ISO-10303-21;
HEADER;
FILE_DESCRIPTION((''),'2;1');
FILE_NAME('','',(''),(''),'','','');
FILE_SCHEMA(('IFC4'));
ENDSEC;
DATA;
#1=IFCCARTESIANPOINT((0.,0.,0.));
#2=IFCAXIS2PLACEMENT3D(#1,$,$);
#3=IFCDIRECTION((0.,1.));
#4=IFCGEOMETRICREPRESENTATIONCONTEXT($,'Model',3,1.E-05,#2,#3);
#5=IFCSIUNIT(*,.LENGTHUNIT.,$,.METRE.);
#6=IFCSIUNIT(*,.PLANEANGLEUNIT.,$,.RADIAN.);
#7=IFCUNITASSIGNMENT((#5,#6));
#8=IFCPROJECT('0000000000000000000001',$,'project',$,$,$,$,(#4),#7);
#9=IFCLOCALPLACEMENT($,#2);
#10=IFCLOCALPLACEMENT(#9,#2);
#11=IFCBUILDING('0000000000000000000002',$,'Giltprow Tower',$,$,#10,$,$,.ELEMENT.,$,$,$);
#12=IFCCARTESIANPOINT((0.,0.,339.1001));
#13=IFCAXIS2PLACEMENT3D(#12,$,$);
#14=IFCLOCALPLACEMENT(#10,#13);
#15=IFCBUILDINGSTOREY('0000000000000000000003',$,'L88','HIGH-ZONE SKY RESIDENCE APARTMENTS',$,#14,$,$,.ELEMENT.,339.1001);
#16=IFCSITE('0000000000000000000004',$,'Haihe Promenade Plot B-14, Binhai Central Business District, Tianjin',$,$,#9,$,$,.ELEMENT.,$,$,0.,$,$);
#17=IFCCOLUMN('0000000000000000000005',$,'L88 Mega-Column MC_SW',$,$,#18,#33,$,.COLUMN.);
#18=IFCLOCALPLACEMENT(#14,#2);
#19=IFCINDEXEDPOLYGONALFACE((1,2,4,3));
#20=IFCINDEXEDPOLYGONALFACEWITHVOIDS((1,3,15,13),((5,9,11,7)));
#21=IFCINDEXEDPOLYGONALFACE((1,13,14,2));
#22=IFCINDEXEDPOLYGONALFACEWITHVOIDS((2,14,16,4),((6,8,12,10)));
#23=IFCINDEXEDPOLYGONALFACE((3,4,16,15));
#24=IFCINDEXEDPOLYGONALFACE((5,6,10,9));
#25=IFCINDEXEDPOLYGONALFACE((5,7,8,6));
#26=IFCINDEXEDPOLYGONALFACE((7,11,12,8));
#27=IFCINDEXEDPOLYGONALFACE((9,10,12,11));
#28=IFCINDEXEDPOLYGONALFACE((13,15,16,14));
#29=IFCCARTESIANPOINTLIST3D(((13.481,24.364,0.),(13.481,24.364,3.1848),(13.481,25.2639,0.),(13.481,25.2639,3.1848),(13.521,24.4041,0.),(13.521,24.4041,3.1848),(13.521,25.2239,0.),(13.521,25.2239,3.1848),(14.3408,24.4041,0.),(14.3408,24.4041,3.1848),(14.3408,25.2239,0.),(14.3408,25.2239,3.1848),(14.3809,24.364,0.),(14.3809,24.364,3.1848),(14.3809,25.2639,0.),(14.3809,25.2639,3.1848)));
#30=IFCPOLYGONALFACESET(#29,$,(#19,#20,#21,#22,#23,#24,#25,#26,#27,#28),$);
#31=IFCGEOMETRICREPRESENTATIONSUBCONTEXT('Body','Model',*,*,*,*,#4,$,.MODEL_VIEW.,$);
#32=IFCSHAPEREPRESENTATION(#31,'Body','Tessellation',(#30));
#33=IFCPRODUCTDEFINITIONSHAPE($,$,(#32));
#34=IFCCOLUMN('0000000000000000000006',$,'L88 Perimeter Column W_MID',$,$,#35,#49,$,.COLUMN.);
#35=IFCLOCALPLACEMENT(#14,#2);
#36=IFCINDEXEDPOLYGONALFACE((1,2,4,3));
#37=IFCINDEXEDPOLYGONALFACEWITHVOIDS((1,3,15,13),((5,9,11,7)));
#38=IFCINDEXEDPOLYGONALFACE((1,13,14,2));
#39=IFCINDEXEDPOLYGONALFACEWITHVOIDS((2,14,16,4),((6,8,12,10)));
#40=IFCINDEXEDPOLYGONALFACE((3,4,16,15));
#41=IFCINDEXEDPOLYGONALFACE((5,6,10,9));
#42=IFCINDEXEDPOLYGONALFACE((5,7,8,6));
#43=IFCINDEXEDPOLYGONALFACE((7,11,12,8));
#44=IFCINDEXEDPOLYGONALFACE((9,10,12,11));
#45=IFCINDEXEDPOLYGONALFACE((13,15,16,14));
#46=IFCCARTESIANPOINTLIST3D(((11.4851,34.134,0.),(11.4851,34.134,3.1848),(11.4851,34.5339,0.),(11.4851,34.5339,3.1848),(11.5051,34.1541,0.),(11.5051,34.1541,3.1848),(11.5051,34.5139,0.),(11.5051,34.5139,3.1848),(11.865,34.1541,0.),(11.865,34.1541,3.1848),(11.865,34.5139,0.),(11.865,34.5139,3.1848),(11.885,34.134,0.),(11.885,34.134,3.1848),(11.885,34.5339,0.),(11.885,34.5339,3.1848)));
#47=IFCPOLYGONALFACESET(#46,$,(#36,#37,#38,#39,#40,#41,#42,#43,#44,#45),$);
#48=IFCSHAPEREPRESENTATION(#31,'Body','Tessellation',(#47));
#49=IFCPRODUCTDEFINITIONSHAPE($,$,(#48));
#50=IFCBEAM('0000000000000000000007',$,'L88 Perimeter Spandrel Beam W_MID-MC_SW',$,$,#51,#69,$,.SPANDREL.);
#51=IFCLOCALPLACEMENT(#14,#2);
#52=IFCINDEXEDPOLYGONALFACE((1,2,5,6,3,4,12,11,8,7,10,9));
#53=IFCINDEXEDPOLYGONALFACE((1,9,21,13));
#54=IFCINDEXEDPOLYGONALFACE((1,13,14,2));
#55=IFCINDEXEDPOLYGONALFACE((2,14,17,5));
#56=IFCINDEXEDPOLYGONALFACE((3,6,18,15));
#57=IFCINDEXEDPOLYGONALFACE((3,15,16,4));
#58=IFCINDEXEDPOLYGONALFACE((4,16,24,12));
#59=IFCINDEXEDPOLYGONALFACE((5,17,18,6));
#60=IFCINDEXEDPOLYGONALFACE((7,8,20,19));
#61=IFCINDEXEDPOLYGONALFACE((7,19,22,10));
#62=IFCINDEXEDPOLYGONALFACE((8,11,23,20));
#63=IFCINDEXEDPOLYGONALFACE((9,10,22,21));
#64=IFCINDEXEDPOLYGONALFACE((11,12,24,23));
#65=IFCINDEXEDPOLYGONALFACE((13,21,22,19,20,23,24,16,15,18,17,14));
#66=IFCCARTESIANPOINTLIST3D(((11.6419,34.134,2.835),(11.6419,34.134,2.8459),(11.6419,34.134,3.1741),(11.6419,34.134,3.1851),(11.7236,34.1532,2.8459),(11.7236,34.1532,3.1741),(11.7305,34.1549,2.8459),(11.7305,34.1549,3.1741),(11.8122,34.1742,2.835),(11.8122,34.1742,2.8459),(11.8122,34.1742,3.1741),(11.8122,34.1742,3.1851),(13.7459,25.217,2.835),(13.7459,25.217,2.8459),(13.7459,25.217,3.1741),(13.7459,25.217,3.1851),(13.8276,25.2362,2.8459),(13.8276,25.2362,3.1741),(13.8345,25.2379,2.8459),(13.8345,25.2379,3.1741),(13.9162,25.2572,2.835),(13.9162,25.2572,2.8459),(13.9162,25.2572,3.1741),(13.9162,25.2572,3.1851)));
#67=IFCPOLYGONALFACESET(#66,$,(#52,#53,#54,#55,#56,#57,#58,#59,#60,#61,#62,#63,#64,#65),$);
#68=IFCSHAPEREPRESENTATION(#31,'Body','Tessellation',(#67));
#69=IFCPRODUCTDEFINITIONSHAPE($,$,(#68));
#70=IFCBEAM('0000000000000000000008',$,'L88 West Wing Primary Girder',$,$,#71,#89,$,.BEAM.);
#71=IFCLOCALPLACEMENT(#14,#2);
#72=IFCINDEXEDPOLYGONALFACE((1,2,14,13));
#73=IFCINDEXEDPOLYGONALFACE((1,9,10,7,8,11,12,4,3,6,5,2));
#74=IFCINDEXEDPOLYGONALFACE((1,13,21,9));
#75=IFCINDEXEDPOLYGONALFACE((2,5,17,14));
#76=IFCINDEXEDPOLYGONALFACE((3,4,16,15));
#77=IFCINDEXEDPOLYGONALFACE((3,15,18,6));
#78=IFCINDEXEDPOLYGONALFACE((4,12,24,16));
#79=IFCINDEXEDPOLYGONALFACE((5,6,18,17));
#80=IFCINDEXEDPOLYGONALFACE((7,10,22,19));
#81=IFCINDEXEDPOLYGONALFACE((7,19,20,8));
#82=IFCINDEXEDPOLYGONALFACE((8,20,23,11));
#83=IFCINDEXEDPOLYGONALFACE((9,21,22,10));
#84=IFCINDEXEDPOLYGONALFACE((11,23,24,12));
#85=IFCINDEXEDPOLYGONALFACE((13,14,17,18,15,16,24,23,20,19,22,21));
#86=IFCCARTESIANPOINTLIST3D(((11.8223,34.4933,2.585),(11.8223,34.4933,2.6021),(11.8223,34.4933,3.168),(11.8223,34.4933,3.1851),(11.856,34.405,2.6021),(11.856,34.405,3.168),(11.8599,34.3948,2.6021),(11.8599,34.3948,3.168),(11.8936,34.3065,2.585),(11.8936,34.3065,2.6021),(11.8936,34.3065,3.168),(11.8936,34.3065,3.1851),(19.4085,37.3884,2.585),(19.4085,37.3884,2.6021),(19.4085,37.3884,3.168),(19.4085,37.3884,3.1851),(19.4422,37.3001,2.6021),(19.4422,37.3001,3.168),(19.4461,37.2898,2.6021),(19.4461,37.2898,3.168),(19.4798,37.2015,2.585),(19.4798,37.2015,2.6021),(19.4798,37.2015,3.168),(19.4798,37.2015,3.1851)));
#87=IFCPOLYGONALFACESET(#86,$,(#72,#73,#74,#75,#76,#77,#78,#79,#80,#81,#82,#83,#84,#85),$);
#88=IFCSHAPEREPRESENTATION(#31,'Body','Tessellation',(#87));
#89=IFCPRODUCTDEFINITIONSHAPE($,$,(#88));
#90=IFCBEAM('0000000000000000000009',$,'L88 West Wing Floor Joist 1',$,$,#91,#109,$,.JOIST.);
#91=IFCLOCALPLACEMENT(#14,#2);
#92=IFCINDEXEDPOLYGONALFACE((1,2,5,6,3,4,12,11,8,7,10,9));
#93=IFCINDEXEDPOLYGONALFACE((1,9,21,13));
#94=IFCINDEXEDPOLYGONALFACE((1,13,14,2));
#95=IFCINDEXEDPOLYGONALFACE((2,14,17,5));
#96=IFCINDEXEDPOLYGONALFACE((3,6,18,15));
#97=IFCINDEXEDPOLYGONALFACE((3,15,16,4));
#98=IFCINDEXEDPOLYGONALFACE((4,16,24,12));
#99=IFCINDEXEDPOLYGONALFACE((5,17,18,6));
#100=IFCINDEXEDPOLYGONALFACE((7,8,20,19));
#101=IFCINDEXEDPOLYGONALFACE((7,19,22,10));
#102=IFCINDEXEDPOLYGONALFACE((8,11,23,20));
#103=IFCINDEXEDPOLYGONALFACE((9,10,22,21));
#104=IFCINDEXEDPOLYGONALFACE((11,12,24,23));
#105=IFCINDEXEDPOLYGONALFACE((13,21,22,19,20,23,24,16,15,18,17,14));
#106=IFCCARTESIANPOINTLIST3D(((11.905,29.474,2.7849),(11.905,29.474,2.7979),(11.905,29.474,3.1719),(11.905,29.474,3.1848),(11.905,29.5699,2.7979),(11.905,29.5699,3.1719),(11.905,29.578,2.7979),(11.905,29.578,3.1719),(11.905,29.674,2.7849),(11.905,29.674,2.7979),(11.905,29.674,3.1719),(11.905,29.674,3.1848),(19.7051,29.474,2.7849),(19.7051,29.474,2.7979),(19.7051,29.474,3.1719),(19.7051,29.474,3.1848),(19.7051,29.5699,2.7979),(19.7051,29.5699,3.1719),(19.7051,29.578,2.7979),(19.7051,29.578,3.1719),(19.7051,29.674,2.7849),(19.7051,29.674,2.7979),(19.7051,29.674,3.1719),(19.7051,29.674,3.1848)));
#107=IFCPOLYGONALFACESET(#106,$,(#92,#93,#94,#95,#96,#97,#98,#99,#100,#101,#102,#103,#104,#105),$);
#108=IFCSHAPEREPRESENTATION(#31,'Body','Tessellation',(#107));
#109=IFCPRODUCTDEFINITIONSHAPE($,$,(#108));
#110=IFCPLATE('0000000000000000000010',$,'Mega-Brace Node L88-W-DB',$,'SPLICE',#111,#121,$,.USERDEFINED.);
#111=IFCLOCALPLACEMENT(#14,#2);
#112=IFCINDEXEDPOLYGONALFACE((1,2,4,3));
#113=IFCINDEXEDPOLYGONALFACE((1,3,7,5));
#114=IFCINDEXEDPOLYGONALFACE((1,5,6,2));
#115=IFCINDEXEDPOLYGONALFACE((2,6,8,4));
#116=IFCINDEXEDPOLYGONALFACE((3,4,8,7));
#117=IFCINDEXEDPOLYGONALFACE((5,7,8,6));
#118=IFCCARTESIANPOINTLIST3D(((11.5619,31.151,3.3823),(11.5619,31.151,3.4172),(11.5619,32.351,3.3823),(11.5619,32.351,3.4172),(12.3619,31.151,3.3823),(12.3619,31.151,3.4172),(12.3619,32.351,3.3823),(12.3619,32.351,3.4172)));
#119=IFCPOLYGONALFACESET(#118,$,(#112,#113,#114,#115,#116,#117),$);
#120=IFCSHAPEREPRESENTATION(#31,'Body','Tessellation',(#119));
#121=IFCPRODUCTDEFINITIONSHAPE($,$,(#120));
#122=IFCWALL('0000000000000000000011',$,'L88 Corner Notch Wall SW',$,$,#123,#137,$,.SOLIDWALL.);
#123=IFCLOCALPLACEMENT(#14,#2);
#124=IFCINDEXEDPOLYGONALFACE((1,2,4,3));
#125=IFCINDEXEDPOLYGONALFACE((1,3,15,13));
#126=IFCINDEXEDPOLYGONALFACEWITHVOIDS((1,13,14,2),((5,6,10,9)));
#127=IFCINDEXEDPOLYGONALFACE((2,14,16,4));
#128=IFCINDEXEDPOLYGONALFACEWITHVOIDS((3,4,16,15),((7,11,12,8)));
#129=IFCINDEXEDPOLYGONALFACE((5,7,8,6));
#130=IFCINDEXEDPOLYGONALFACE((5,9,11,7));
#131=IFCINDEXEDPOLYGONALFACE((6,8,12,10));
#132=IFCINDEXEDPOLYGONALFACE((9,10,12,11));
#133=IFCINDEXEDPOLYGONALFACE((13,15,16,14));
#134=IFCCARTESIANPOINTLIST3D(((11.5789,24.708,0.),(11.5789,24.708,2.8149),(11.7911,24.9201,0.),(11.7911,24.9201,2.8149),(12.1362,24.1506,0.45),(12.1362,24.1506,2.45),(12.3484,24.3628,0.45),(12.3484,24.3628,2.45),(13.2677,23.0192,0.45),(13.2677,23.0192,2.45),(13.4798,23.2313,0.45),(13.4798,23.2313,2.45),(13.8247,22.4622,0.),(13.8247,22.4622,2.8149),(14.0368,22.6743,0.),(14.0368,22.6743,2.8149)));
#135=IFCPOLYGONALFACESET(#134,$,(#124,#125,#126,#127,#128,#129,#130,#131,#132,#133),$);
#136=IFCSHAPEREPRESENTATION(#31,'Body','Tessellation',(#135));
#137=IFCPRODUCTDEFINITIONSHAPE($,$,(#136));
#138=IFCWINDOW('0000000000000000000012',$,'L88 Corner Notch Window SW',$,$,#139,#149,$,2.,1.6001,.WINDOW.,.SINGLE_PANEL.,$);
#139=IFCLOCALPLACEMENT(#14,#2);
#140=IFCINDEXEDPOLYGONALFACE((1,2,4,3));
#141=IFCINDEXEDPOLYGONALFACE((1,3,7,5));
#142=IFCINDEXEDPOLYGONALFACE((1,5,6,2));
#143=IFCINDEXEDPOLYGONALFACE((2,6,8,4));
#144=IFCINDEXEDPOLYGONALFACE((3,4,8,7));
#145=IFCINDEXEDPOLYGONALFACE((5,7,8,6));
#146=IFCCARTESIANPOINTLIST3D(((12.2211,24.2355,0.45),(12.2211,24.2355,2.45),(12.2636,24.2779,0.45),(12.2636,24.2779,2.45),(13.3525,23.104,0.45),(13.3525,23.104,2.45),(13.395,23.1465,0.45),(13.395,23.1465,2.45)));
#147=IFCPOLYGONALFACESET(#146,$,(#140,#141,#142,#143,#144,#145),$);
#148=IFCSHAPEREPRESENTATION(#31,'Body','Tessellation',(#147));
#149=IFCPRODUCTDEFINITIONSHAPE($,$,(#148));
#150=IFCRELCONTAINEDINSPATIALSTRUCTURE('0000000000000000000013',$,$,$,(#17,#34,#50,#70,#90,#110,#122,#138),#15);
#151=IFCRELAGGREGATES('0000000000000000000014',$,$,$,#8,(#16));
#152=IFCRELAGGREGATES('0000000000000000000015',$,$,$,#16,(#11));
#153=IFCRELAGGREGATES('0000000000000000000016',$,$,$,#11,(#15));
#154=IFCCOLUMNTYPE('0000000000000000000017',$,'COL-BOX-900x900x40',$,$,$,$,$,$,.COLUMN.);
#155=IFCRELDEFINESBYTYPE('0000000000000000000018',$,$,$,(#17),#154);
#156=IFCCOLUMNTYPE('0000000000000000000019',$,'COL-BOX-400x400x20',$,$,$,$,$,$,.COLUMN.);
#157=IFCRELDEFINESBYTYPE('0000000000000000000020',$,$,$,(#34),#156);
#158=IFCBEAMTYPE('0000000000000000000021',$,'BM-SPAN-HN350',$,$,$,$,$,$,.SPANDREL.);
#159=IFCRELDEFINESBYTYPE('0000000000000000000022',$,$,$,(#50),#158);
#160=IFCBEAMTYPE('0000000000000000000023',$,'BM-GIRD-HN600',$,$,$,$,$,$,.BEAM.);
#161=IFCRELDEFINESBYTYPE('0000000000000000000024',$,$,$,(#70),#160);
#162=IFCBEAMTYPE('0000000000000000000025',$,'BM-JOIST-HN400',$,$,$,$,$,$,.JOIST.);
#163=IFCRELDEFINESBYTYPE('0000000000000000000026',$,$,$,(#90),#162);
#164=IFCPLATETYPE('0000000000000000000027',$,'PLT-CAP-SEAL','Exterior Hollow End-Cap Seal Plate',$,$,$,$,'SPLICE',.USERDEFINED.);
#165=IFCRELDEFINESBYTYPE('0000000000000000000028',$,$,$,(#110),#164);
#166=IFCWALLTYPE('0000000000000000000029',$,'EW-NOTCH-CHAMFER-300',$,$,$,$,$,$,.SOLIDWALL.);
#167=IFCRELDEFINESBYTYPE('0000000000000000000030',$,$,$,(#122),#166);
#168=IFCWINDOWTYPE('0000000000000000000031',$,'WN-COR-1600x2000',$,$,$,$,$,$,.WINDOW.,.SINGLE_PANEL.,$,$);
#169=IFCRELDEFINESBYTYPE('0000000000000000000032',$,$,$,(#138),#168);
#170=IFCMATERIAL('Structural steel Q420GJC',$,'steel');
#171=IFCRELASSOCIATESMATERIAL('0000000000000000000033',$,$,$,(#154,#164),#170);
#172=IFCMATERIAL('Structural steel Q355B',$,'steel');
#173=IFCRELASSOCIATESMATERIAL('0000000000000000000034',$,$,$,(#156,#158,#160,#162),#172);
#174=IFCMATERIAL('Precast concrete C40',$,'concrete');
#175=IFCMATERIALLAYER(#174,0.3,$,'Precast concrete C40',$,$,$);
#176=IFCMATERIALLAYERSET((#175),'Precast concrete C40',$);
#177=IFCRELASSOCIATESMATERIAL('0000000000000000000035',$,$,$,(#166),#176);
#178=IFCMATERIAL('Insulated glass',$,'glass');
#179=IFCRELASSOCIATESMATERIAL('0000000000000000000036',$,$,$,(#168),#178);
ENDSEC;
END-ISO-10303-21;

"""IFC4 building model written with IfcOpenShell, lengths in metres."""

from ifc_helpers import new_model, si_unit, direction, frame, frame_2d, origin, origin_2d, place, context, subcontext, project, spatial, rectangle, hollow_rectangle, i_section, extrude, source, transform, mapped, material, layer, layer_set, material_profile, profile_set, type_object, element, fill, save


model = new_model("IFC4")

# Units and contexts
model_context = context("Model", 3, precision=1e-05, world=origin(), true_north=direction((0.0, 1.0)))
body_context = subcontext(model_context, "Body", "Model", "MODEL_VIEW")
ifc_project = project(units=[si_unit("LENGTHUNIT", "METRE"), si_unit("PLANEANGLEUNIT", "RADIAN")], contexts=[model_context])

# Site, building, storey
site_placement = place(None, origin())
site = spatial("IfcSite", under=ifc_project, at=site_placement, Name="Haihe Promenade Plot B-14, Binhai Central Business District, Tianjin", CompositionType="ELEMENT", RefElevation=0.0)
building_placement = place(site_placement, origin())
building = spatial("IfcBuilding", under=site, at=building_placement, Name="Giltprow Tower", CompositionType="ELEMENT")
storey_placement = place(building_placement, frame((0.0, 0.0, 339.1001)))
storey = spatial("IfcBuildingStorey", under=building, at=storey_placement, Name="L88", Description="HIGH-ZONE SKY RESIDENCE APARTMENTS", CompositionType="ELEMENT", Elevation=339.1001)

# Columns
ifc_material_1 = material(Name="Structural steel Q420GJC", Category="steel")
ifc_material_profile_1 = material_profile(ifc_material_1, hollow_rectangle(XDim=0.8999, YDim=0.8999, WallThickness=0.04, at=origin_2d()), Name="BOX 900x900x40")
ifc_profile_set_1 = profile_set([ifc_material_profile_1], Name="Structural steel Q420GJC")
column_type_1 = type_object("IfcColumnType", Name="COL-BOX-900x900x40", PredefinedType="COLUMN", material=ifc_profile_set_1)
shared_shape_1 = source(origin(), body_context, "Body", "SweptSolid", [
    extrude(hollow_rectangle(XDim=0.8999, YDim=0.8999, WallThickness=0.04, at=origin_2d()), origin(), (0.0, 0.0, 1.0), 3.1848),
])
column_1_placement = place(storey_placement, frame((13.9309, 24.814, 0.0), z_axis=(0.0, 0.0, 1.0), x_axis=(1.0, 0.0, 0.0)))
element("IfcColumn", 1, at=column_1_placement, inside=storey, type_object=column_type_1, Name="L88 Mega-Column MC_SW", PredefinedType="COLUMN", context=body_context, shape_type="MappedRepresentation", body=[
    mapped(shared_shape_1, transform((0.0, 0.0, 0.0), x_axis=(1.0, 0.0, 0.0), y_axis=(0.0, 1.0, 0.0), z_axis=(0.0, 0.0, 1.0), scale=1.0)),
])
ifc_material_2 = material(Name="Structural steel Q355B", Category="steel")
ifc_material_profile_2 = material_profile(ifc_material_2, hollow_rectangle(XDim=0.3999, YDim=0.3999, WallThickness=0.02, at=origin_2d()), Name="BOX 400x400x20")
ifc_profile_set_2 = profile_set([ifc_material_profile_2], Name="Structural steel Q355B")
column_type_2 = type_object("IfcColumnType", Name="COL-BOX-400x400x20", PredefinedType="COLUMN", material=ifc_profile_set_2)
shared_shape_2 = source(origin(), body_context, "Body", "SweptSolid", [
    extrude(hollow_rectangle(XDim=0.3999, YDim=0.3999, WallThickness=0.02, at=origin_2d()), origin(), (0.0, 0.0, 1.0), 3.1848),
])
column_2_placement = place(storey_placement, frame((11.6851, 34.334, 0.0), z_axis=(0.0, 0.0, 1.0), x_axis=(1.0, 0.0, 0.0)))
element("IfcColumn", 2, at=column_2_placement, inside=storey, type_object=column_type_2, Name="L88 Perimeter Column W_MID", PredefinedType="COLUMN", context=body_context, shape_type="MappedRepresentation", body=[
    mapped(shared_shape_2, transform((0.0, 0.0, 0.0), x_axis=(1.0, 0.0, 0.0), y_axis=(0.0, 1.0, 0.0), z_axis=(0.0, 0.0, 1.0), scale=1.0)),
])

# Beams
ifc_material_profile_3 = material_profile(ifc_material_2, i_section(OverallWidth=0.175, OverallDepth=0.3501, WebThickness=0.0071, FlangeThickness=0.011, at=origin_2d()), Name="HN 350x175x7x11")
ifc_profile_set_3 = profile_set([ifc_material_profile_3], Name="Structural steel Q355B")
beam_type_1 = type_object("IfcBeamType", Name="BM-SPAN-HN350", PredefinedType="SPANDREL", material=ifc_profile_set_3)
shared_shape_3 = source(origin(), body_context, "Body", "SweptSolid", [
    extrude(i_section(OverallWidth=0.175, OverallDepth=0.3501, WebThickness=0.0071, FlangeThickness=0.011, at=origin_2d()), origin(), (0.0, 0.0, 1.0), 9.1619),
])
beam_1_placement = place(storey_placement, frame((11.7271, 34.1541, 3.01), z_axis=(0.229648, -0.973274, 0.0), x_axis=(0.973274, 0.229648, 0.0)))
element("IfcBeam", 3, at=beam_1_placement, inside=storey, type_object=beam_type_1, Name="L88 Perimeter Spandrel Beam W_MID-MC_SW", PredefinedType="SPANDREL", context=body_context, shape_type="MappedRepresentation", body=[
    mapped(shared_shape_3, transform((0.0, 0.0, 0.0), x_axis=(1.0, 0.0, 0.0), y_axis=(0.0, 1.0, 0.0), z_axis=(0.0, 0.0, 1.0), scale=1.0)),
])
ifc_material_profile_4 = material_profile(ifc_material_2, i_section(OverallWidth=0.2, OverallDepth=0.6001, WebThickness=0.011, FlangeThickness=0.0171, at=origin_2d()), Name="HN 600x200x11x17")
ifc_profile_set_4 = profile_set([ifc_material_profile_4], Name="Structural steel Q355B")
beam_type_2 = type_object("IfcBeamType", Name="BM-GIRD-HN600", PredefinedType="BEAM", material=ifc_profile_set_4)
shared_shape_4 = source(origin(), body_context, "Body", "SweptSolid", [
    extrude(i_section(OverallWidth=0.2, OverallDepth=0.6001, WebThickness=0.011, FlangeThickness=0.0171, at=origin_2d()), origin(), (0.0, 0.0, 1.0), 8.1199),
])
beam_2_placement = place(storey_placement, frame((11.8579, 34.3999, 2.885), z_axis=(0.934281, 0.356538, 0.0), x_axis=(-0.356538, 0.934281, 0.0)))
element("IfcBeam", 4, at=beam_2_placement, inside=storey, type_object=beam_type_2, Name="L88 West Wing Primary Girder", PredefinedType="BEAM", context=body_context, shape_type="MappedRepresentation", body=[
    mapped(shared_shape_4, transform((0.0, 0.0, 0.0), x_axis=(1.0, 0.0, 0.0), y_axis=(0.0, 1.0, 0.0), z_axis=(0.0, 0.0, 1.0), scale=1.0)),
])
ifc_material_profile_5 = material_profile(ifc_material_2, i_section(OverallWidth=0.2, OverallDepth=0.3999, WebThickness=0.0081, FlangeThickness=0.0129, at=origin_2d()), Name="HN 400x200x8x13")
ifc_profile_set_5 = profile_set([ifc_material_profile_5], Name="Structural steel Q355B")
beam_type_3 = type_object("IfcBeamType", Name="BM-JOIST-HN400", PredefinedType="JOIST", material=ifc_profile_set_5)
shared_shape_5 = source(origin(), body_context, "Body", "SweptSolid", [
    extrude(i_section(OverallWidth=0.2, OverallDepth=0.3999, WebThickness=0.0081, FlangeThickness=0.0129, at=origin_2d()), origin(), (0.0, 0.0, 1.0), 7.8),
])
beam_3_placement = place(storey_placement, frame((11.905, 29.574, 2.9849), z_axis=(1.0, 0.0, 0.0), x_axis=(0.0, 1.0, 0.0)))
element("IfcBeam", 5, at=beam_3_placement, inside=storey, type_object=beam_type_3, Name="L88 West Wing Floor Joist 1", PredefinedType="JOIST", context=body_context, shape_type="MappedRepresentation", body=[
    mapped(shared_shape_5, transform((0.0, 0.0, 0.0), x_axis=(1.0, 0.0, 0.0), y_axis=(0.0, 1.0, 0.0), z_axis=(0.0, 0.0, 1.0), scale=1.0)),
])

# Plate
plate_type = type_object("IfcPlateType", Name="PLT-CAP-SEAL", Description="Exterior Hollow End-Cap Seal Plate", ElementType="SPLICE", PredefinedType="USERDEFINED", material=ifc_material_1)
shared_shape_6 = source(origin(), body_context, "Body", "SweptSolid", [
    extrude(rectangle(XDim=1.2, YDim=0.8, at=origin_2d()), origin(), (0.0, 0.0, 1.0), 0.0349),
])
plate_placement = place(storey_placement, frame((11.9619, 31.751, 3.3823), z_axis=(0.0, 0.0, 1.0), x_axis=(0.0, 1.0, 0.0)))
element("IfcPlate", 6, at=plate_placement, inside=storey, type_object=plate_type, Name="Mega-Brace Node L88-W-DB", ObjectType="SPLICE", PredefinedType="USERDEFINED", context=body_context, shape_type="MappedRepresentation", body=[
    mapped(shared_shape_6, transform((0.0, 0.0, 0.0), x_axis=(1.0, 0.0, 0.0), y_axis=(0.0, 1.0, 0.0), z_axis=(0.0, 0.0, 1.0), scale=1.0)),
])

# Wall, opening, window
ifc_material_3 = material(Name="Precast concrete C40", Category="concrete")
ifc_layer_1 = layer(ifc_material_3, 0.3, Name="Precast concrete C40")
ifc_layer_set_1 = layer_set([ifc_layer_1], Name="Precast concrete C40")
wall_type_1 = type_object("IfcWallType", Name="EW-NOTCH-CHAMFER-300", PredefinedType="SOLIDWALL", material=ifc_layer_set_1)
wall_1_placement = place(storey_placement, frame((11.6851, 24.814, 0.0), z_axis=(0.0, 0.0, 1.0), x_axis=(0.707107, -0.707107, 0.0)))
wall_1 = element("IfcWall", 7, at=wall_1_placement, inside=storey, type_object=wall_type_1, Name="L88 Corner Notch Wall SW", PredefinedType="SOLIDWALL", context=body_context, shape_type="SweptSolid", body=[
    extrude(rectangle(XDim=3.176, YDim=0.3, at=frame_2d((1.5879, 0.0))), origin(), (0.0, 0.0, 1.0), 2.8149),
])
opening_1_placement = place(wall_1_placement, frame((0.7881, 0.0, 0.45)))
opening_1 = element("IfcOpeningElement", 8, at=opening_1_placement, cuts=wall_1, PredefinedType="OPENING", context=body_context, shape_type="SweptSolid", body=[
    extrude(rectangle(XDim=1.6001, YDim=2.0, at=frame_2d((0.8, 1.0))), frame((0.0, 0.1599, 0.0), z_axis=(0.0, -1.0, 0.0), x_axis=(1.0, 0.0, 0.0)), (0.0, 0.0, 1.0), 0.3201),
])
ifc_material_4 = material(Name="Insulated glass", Category="glass")
window_type_1 = type_object("IfcWindowType", Name="WN-COR-1600x2000", PartitioningType="SINGLE_PANEL", PredefinedType="WINDOW", material=ifc_material_4)
shared_shape_7 = source(origin(), body_context, "Body", "SweptSolid", [
    extrude(rectangle(XDim=1.6001, YDim=2.0, at=frame_2d((0.8, 1.0))), frame((0.0, 0.03, 0.0), z_axis=(0.0, -1.0, 0.0), x_axis=(1.0, 0.0, 0.0)), (0.0, 0.0, 1.0), 0.0601),
])
window_1_placement = place(opening_1_placement, origin())
window_1 = element("IfcWindow", 9, at=window_1_placement, inside=storey, type_object=window_type_1, Name="L88 Corner Notch Window SW", OverallHeight=2.0, OverallWidth=1.6001, PartitioningType="SINGLE_PANEL", PredefinedType="WINDOW", context=body_context, shape_type="MappedRepresentation", body=[
    mapped(shared_shape_7, transform((0.0, 0.0, 0.0), x_axis=(1.0, 0.0, 0.0), y_axis=(0.0, 1.0, 0.0), z_axis=(0.0, 0.0, 1.0), scale=1.0)),
])
fill(opening_1, window_1)

save(model, "model.ifc")
